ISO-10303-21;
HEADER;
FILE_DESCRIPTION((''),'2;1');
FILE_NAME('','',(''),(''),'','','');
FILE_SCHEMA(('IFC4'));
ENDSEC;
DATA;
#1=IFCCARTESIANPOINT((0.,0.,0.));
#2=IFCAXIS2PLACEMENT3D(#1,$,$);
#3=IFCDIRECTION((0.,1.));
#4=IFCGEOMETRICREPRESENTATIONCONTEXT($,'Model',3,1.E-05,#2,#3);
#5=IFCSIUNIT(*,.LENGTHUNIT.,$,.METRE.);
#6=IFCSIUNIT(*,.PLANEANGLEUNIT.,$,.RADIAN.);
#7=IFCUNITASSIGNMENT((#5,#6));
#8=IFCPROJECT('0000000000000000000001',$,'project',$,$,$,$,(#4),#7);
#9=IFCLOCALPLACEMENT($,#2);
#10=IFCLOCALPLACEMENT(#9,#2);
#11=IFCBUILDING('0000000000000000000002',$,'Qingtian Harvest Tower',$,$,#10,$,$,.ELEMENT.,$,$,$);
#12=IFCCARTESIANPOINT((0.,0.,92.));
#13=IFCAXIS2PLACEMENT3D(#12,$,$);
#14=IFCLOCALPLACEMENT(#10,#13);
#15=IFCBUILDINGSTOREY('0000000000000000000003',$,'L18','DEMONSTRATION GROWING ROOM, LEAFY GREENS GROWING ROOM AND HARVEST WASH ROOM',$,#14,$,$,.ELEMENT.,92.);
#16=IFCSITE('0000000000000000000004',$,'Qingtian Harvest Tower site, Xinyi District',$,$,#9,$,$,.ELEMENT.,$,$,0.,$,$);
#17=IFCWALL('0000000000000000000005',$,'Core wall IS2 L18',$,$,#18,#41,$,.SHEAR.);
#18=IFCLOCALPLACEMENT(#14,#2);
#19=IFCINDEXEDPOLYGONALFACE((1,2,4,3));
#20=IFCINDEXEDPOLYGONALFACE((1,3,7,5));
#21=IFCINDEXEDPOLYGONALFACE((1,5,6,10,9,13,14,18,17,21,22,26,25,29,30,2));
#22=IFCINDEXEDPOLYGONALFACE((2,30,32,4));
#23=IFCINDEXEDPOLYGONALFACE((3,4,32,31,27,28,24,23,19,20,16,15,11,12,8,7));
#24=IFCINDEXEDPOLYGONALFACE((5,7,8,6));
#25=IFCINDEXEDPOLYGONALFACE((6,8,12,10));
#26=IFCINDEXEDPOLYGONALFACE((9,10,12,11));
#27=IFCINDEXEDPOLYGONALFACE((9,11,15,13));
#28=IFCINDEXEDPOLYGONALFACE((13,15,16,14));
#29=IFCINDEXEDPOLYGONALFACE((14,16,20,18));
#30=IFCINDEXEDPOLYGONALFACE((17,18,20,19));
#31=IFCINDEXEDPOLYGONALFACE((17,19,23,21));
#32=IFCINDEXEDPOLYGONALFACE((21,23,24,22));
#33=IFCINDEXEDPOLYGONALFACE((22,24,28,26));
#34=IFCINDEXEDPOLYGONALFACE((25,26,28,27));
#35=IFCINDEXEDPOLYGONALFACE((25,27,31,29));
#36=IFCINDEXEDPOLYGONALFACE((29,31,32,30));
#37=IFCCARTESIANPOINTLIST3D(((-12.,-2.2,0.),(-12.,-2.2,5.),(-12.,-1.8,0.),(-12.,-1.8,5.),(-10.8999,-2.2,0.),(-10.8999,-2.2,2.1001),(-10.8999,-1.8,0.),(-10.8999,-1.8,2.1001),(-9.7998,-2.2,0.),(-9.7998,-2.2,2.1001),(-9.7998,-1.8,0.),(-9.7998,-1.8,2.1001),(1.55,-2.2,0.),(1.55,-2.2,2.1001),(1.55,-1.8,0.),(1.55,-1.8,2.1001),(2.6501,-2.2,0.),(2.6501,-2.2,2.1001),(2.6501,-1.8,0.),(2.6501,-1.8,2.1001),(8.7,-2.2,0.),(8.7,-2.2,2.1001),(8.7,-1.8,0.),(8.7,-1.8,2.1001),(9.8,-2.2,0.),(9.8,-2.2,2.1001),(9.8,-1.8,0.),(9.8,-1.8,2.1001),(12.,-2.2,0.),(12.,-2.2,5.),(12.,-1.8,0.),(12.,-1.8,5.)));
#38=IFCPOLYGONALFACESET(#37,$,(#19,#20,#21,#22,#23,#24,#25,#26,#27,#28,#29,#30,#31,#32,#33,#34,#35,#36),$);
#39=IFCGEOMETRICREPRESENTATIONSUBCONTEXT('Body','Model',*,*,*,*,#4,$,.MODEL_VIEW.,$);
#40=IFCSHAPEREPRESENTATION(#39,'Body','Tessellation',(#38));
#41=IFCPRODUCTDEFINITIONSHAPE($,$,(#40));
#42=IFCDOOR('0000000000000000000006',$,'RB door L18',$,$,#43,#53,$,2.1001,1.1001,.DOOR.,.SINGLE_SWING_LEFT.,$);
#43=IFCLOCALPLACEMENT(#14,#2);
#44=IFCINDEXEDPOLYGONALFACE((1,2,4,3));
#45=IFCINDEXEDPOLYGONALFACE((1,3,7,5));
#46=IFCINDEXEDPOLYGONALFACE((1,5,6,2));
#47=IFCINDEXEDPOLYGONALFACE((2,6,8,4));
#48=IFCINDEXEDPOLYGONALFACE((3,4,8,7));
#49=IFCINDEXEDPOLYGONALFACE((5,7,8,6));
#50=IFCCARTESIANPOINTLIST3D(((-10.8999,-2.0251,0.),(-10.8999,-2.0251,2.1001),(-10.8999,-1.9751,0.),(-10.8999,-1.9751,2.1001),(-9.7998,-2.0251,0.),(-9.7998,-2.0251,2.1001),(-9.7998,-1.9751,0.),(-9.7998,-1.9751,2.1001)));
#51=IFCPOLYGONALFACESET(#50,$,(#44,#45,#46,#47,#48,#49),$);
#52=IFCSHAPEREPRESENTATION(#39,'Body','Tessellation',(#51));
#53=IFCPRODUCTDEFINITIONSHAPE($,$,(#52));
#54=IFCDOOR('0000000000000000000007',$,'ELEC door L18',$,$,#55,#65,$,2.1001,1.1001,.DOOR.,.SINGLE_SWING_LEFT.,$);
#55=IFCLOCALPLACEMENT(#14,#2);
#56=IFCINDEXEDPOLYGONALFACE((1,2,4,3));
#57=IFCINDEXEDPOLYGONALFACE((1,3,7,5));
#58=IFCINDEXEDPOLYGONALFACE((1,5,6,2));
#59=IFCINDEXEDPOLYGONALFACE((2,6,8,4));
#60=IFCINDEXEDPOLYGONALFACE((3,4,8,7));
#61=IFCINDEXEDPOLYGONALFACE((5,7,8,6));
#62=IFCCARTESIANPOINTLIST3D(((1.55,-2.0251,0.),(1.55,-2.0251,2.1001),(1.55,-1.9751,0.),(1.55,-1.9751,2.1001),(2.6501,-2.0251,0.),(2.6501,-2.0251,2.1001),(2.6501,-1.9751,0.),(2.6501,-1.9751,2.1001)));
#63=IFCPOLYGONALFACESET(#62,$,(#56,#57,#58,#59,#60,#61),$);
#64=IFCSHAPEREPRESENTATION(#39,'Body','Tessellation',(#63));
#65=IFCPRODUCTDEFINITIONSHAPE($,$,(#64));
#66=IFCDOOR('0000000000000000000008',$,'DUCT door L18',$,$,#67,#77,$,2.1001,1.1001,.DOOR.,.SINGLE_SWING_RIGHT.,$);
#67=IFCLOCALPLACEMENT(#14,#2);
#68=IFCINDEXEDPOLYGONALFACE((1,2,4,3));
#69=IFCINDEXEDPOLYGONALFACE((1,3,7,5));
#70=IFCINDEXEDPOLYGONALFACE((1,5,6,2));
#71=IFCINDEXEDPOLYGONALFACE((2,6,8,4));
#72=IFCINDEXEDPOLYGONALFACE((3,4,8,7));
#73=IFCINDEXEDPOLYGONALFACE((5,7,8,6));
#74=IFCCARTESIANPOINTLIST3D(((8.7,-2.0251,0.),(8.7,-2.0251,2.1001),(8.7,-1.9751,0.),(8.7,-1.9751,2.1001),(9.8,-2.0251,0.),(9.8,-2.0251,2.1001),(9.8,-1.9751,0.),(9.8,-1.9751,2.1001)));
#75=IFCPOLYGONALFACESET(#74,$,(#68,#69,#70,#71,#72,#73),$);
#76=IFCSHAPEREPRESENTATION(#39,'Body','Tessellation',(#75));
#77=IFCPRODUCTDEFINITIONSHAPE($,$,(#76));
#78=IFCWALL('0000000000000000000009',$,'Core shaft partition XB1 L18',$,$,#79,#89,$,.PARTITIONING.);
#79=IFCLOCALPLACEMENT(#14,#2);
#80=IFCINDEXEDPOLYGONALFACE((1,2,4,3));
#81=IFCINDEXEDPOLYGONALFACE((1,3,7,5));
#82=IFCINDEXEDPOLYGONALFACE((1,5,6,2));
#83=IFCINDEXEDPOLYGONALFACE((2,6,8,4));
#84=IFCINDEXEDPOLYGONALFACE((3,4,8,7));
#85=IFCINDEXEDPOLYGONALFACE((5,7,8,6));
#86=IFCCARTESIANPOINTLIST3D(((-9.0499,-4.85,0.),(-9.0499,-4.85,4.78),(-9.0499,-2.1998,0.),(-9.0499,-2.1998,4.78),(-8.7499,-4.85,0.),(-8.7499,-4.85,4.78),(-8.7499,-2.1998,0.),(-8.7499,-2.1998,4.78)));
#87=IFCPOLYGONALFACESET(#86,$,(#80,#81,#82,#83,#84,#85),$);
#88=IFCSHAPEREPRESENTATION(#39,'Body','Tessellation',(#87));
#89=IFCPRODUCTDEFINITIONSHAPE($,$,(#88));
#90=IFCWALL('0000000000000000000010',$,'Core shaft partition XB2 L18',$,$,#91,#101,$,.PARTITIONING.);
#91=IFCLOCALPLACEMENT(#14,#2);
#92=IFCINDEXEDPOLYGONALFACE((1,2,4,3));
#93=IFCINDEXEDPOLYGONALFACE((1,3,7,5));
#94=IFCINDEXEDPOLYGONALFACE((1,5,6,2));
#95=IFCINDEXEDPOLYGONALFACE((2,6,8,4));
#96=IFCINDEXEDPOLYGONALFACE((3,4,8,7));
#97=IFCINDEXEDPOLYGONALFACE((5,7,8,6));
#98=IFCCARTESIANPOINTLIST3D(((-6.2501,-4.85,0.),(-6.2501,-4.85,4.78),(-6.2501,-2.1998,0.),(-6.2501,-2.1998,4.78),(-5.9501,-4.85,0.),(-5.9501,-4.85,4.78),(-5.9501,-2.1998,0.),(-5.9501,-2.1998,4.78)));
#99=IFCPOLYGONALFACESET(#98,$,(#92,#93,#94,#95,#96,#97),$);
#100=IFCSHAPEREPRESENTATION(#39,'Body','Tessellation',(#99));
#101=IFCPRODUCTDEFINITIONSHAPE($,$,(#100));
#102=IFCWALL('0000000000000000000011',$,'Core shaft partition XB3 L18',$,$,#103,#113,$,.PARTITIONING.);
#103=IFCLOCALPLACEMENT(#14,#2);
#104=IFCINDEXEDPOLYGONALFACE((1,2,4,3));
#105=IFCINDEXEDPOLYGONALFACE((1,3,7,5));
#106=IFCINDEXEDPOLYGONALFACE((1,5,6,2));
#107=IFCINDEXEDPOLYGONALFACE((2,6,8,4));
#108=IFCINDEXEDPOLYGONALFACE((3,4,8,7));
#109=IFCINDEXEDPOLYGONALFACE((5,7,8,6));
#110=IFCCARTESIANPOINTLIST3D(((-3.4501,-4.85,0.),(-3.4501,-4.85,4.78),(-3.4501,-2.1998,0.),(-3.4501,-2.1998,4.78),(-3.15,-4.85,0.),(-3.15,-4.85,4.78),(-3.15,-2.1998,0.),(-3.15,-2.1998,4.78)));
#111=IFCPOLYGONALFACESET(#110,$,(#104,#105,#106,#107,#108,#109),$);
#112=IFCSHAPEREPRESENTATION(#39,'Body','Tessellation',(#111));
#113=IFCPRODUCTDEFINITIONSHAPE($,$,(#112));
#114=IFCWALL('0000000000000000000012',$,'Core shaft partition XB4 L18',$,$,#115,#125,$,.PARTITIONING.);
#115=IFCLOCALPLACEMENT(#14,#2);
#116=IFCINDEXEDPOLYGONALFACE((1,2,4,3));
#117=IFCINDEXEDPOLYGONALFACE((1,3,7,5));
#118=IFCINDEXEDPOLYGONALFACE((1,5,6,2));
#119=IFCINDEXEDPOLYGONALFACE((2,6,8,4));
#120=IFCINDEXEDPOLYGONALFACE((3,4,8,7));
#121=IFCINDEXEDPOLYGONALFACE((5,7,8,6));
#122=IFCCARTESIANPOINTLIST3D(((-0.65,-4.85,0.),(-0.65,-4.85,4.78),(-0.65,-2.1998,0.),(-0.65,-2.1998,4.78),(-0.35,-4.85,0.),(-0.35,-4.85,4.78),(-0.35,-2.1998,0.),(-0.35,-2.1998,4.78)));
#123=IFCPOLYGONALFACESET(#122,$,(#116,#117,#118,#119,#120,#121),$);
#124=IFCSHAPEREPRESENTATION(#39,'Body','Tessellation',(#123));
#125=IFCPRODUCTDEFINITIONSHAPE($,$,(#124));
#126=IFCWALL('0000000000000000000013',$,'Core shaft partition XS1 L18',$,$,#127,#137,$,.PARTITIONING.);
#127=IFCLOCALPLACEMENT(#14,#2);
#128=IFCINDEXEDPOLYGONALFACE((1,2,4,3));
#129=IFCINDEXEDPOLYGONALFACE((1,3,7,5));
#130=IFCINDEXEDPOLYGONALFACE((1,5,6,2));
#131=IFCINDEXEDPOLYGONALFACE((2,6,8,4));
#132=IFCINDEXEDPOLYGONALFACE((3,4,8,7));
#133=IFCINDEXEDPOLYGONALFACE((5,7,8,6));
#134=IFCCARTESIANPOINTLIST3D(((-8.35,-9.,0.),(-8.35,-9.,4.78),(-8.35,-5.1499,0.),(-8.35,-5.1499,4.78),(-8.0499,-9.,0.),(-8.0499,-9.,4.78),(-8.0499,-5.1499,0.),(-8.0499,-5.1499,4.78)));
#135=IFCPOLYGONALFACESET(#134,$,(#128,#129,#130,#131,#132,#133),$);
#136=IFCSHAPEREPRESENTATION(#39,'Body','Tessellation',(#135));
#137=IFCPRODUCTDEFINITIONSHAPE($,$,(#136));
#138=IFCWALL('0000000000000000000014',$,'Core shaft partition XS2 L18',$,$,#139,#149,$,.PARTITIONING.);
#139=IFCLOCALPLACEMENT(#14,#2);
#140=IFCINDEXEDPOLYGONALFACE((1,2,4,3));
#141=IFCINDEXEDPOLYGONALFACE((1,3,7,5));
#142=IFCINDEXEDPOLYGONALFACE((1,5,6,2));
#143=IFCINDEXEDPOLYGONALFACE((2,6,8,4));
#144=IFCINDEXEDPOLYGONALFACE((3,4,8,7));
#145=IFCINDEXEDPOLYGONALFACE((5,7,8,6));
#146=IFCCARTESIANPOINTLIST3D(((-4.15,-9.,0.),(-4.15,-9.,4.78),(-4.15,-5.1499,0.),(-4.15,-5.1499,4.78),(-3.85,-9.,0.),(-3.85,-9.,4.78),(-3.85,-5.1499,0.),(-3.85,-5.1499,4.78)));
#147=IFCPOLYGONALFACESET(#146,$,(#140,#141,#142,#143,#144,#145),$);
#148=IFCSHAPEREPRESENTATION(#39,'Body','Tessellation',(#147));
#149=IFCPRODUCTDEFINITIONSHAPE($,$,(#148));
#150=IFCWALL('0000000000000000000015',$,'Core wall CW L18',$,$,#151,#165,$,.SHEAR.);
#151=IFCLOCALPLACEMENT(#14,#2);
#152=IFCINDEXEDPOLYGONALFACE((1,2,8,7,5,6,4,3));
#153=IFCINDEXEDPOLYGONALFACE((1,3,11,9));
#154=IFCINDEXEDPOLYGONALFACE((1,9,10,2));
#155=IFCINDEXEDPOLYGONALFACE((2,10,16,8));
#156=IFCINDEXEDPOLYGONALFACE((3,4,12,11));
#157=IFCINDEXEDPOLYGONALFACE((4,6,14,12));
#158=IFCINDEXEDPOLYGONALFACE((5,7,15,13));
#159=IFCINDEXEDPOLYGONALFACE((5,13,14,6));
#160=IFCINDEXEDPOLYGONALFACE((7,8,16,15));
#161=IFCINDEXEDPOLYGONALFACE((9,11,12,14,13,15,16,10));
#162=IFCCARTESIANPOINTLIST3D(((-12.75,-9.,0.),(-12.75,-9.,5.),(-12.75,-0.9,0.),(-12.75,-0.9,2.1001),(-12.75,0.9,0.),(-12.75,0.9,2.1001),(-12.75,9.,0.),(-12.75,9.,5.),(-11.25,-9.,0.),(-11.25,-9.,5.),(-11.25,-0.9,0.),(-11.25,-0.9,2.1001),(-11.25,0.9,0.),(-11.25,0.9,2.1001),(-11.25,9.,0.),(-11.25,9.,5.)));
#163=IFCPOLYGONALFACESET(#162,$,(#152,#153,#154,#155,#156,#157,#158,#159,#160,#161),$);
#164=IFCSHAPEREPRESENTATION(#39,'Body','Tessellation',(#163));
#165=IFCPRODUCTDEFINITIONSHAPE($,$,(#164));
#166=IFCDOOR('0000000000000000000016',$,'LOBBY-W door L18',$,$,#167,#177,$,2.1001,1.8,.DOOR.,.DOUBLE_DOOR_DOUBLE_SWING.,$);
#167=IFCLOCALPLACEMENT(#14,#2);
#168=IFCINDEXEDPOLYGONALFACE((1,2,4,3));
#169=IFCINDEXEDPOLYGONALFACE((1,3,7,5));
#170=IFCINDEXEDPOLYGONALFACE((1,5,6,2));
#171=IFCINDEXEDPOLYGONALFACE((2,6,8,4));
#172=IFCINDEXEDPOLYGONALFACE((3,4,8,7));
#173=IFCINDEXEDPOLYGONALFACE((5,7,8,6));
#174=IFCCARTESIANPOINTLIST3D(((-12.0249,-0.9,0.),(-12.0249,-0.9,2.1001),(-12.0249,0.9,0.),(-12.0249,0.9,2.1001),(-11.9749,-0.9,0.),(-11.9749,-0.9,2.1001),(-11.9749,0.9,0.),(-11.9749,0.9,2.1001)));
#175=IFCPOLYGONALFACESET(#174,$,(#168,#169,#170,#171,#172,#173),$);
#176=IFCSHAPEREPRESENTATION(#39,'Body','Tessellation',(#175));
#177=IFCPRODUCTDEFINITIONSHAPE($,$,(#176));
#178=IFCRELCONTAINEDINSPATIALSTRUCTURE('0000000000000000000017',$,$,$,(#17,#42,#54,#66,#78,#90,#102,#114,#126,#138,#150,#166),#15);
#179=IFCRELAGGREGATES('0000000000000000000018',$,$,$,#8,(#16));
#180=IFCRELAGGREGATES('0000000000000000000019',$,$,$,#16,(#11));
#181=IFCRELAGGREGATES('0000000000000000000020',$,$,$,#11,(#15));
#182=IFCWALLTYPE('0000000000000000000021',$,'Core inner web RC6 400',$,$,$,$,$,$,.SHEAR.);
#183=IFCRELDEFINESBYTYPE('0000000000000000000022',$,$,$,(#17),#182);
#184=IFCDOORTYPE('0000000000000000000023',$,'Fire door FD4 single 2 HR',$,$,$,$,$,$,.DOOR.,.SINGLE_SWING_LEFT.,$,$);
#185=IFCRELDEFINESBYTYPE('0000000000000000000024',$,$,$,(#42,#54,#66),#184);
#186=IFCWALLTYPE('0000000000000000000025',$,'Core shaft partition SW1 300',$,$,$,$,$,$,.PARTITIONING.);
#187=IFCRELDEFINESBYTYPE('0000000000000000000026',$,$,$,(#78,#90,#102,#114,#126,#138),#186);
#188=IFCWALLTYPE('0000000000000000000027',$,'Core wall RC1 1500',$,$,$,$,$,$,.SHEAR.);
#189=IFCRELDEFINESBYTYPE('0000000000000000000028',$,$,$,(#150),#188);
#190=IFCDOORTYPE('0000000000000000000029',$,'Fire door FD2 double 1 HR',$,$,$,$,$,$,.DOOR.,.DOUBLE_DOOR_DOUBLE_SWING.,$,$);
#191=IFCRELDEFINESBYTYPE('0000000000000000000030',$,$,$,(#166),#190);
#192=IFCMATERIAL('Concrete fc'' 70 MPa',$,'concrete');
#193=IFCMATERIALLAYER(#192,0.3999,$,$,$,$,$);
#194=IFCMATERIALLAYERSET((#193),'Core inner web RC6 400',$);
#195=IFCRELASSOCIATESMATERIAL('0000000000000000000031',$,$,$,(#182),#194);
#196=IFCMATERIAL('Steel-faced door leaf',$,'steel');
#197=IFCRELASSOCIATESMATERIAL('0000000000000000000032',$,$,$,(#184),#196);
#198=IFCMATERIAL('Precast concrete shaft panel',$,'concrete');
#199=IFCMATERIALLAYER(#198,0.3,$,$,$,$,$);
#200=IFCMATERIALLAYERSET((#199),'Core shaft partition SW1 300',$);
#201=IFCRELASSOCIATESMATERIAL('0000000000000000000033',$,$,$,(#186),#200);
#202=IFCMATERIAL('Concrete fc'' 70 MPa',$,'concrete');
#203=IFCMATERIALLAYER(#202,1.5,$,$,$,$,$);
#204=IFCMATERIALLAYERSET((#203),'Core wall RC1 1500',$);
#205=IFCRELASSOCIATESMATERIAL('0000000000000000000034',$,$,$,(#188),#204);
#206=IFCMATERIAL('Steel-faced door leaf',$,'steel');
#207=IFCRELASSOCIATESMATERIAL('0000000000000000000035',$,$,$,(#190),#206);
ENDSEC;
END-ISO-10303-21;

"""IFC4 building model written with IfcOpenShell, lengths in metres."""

from ifc_helpers import new_model, si_unit, direction, frame, frame_2d, origin, place, context, subcontext, project, spatial, rectangle, extrude, material, layer, layer_set, type_object, element, fill, save


model = new_model("IFC4")

# Units and contexts
model_context = context("Model", 3, precision=1e-05, world=origin(), true_north=direction((0.0, 1.0)))
body_context = subcontext(model_context, "Body", "Model", "MODEL_VIEW")
ifc_project = project(units=[si_unit("LENGTHUNIT", "METRE"), si_unit("PLANEANGLEUNIT", "RADIAN")], contexts=[model_context])

# Site, building, storey
site_placement = place(None, origin())
site = spatial("IfcSite", under=ifc_project, at=site_placement, Name="Qingtian Harvest Tower site, Xinyi District", CompositionType="ELEMENT", RefElevation=0.0)
building_placement = place(site_placement, origin())
building = spatial("IfcBuilding", under=site, at=building_placement, Name="Qingtian Harvest Tower", CompositionType="ELEMENT")
storey_placement = place(building_placement, frame((0.0, 0.0, 92.0)))
storey = spatial("IfcBuildingStorey", under=building, at=storey_placement, Name="L18", Description="DEMONSTRATION GROWING ROOM, LEAFY GREENS GROWING ROOM AND HARVEST WASH ROOM", CompositionType="ELEMENT", Elevation=92.0)

# Wall, openings, doors
ifc_material_1 = material(Name="Concrete fc' 70 MPa", Category="concrete")
ifc_layer_1 = layer(ifc_material_1, 0.3999)
ifc_layer_set_1 = layer_set([ifc_layer_1], Name="Core inner web RC6 400")
wall_type_1 = type_object("IfcWallType", Name="Core inner web RC6 400", PredefinedType="SHEAR", material=ifc_layer_set_1)
wall_1_placement = place(storey_placement, frame((-12.0, -2.0, 0.0), z_axis=(0.0, 0.0, 1.0), x_axis=(1.0, 0.0, 0.0)))
wall_1 = element("IfcWall", 1, at=wall_1_placement, inside=storey, type_object=wall_type_1, Name="Core wall IS2 L18", PredefinedType="SHEAR", context=body_context, shape_type="SweptSolid", body=[
    extrude(rectangle(XDim=24.0, YDim=0.3999, at=frame_2d((12.0, 0.0))), origin(), (0.0, 0.0, 1.0), 5.0),
])
opening_1_placement = place(wall_1_placement, frame((1.1001, 0.0, 0.0)))
opening_1 = element("IfcOpeningElement", 2, at=opening_1_placement, cuts=wall_1, PredefinedType="OPENING", context=body_context, shape_type="SweptSolid", body=[
    extrude(rectangle(XDim=1.1001, YDim=2.1001, at=frame_2d((0.55, 1.05))), frame((0.0, 0.21, 0.0), z_axis=(0.0, -1.0, 0.0), x_axis=(1.0, 0.0, 0.0)), (0.0, 0.0, 1.0), 0.4199),
])
opening_2_placement = place(wall_1_placement, frame((13.55, 0.0, 0.0)))
opening_2 = element("IfcOpeningElement", 3, at=opening_2_placement, cuts=wall_1, PredefinedType="OPENING", context=body_context, shape_type="SweptSolid", body=[
    extrude(rectangle(XDim=1.1001, YDim=2.1001, at=frame_2d((0.55, 1.05))), frame((0.0, 0.21, 0.0), z_axis=(0.0, -1.0, 0.0), x_axis=(1.0, 0.0, 0.0)), (0.0, 0.0, 1.0), 0.4199),
])
opening_3_placement = place(wall_1_placement, frame((20.7, 0.0, 0.0)))
opening_3 = element("IfcOpeningElement", 4, at=opening_3_placement, cuts=wall_1, PredefinedType="OPENING", context=body_context, shape_type="SweptSolid", body=[
    extrude(rectangle(XDim=1.1001, YDim=2.1001, at=frame_2d((0.55, 1.05))), frame((0.0, 0.21, 0.0), z_axis=(0.0, -1.0, 0.0), x_axis=(1.0, 0.0, 0.0)), (0.0, 0.0, 1.0), 0.4199),
])
ifc_material_2 = material(Name="Steel-faced door leaf", Category="steel")
door_type_1 = type_object("IfcDoorType", Name="Fire door FD4 single 2 HR", OperationType="SINGLE_SWING_LEFT", PredefinedType="DOOR", material=ifc_material_2)
door_1_placement = place(opening_1_placement, origin())
door_1 = element("IfcDoor", 5, at=door_1_placement, inside=storey, type_object=door_type_1, Name="RB door L18", OperationType="SINGLE_SWING_LEFT", OverallHeight=2.1001, OverallWidth=1.1001, PredefinedType="DOOR", context=body_context, shape_type="SweptSolid", body=[
    extrude(rectangle(XDim=1.1001, YDim=2.1001, at=frame_2d((0.55, 1.05))), frame((0.0, 0.0249, 0.0), z_axis=(0.0, -1.0, 0.0), x_axis=(1.0, 0.0, 0.0)), (0.0, 0.0, 1.0), 0.05),
])
fill(opening_1, door_1)
door_2_placement = place(opening_2_placement, origin())
door_2 = element("IfcDoor", 6, at=door_2_placement, inside=storey, type_object=door_type_1, Name="ELEC door L18", OperationType="SINGLE_SWING_LEFT", OverallHeight=2.1001, OverallWidth=1.1001, PredefinedType="DOOR", context=body_context, shape_type="SweptSolid", body=[
    extrude(rectangle(XDim=1.1001, YDim=2.1001, at=frame_2d((0.55, 1.05))), frame((0.0, 0.0249, 0.0), z_axis=(0.0, -1.0, 0.0), x_axis=(1.0, 0.0, 0.0)), (0.0, 0.0, 1.0), 0.05),
])
fill(opening_2, door_2)
door_3_placement = place(opening_3_placement, origin())
door_3 = element("IfcDoor", 7, at=door_3_placement, inside=storey, type_object=door_type_1, Name="DUCT door L18", OperationType="SINGLE_SWING_RIGHT", OverallHeight=2.1001, OverallWidth=1.1001, PredefinedType="DOOR", context=body_context, shape_type="SweptSolid", body=[
    extrude(rectangle(XDim=1.1001, YDim=2.1001, at=frame_2d((0.55, 1.05))), frame((0.0, 0.0249, 0.0), z_axis=(0.0, -1.0, 0.0), x_axis=(1.0, 0.0, 0.0)), (0.0, 0.0, 1.0), 0.05),
])
fill(opening_3, door_3)

# Walls
ifc_material_3 = material(Name="Precast concrete shaft panel", Category="concrete")
ifc_layer_2 = layer(ifc_material_3, 0.3)
ifc_layer_set_2 = layer_set([ifc_layer_2], Name="Core shaft partition SW1 300")
wall_type_2 = type_object("IfcWallType", Name="Core shaft partition SW1 300", PredefinedType="PARTITIONING", material=ifc_layer_set_2)
for number, where, z_axis, x_axis, name in (
    (8, (-8.8999, -4.8501, 0.0), (0.0, 0.0, 1.0), (0.0, 1.0, 0.0), "Core shaft partition XB1 L18"),
    (9, (-6.1001, -4.8501, 0.0), (0.0, 0.0, 1.0), (0.0, 1.0, 0.0), "Core shaft partition XB2 L18"),
    (10, (-3.3, -4.8501, 0.0), (0.0, 0.0, 1.0), (0.0, 1.0, 0.0), "Core shaft partition XB3 L18"),
    (11, (-0.5, -4.8501, 0.0), (0.0, 0.0, 1.0), (0.0, 1.0, 0.0), "Core shaft partition XB4 L18"),
):
    element("IfcWall", number, at=place(storey_placement, frame(where, z_axis=z_axis, x_axis=x_axis)), inside=storey, type_object=wall_type_2, Name=name, PredefinedType="PARTITIONING", context=body_context, shape_type="SweptSolid", body=[
        extrude(rectangle(XDim=2.6501, YDim=0.3, at=frame_2d((1.3252, 0.0))), origin(), (0.0, 0.0, 1.0), 4.78),
    ])
for number, where, z_axis, x_axis, name in (
    (12, (-8.2, -9.0, 0.0), (0.0, 0.0, 1.0), (0.0, 1.0, 0.0), "Core shaft partition XS1 L18"),
    (13, (-4.0, -9.0, 0.0), (0.0, 0.0, 1.0), (0.0, 1.0, 0.0), "Core shaft partition XS2 L18"),
):
    element("IfcWall", number, at=place(storey_placement, frame(where, z_axis=z_axis, x_axis=x_axis)), inside=storey, type_object=wall_type_2, Name=name, PredefinedType="PARTITIONING", context=body_context, shape_type="SweptSolid", body=[
        extrude(rectangle(XDim=3.8501, YDim=0.3, at=frame_2d((1.925, 0.0))), origin(), (0.0, 0.0, 1.0), 4.78),
    ])

# Wall, opening, door
ifc_material_4 = material(Name="Concrete fc' 70 MPa", Category="concrete")
ifc_layer_3 = layer(ifc_material_4, 1.5)
ifc_layer_set_3 = layer_set([ifc_layer_3], Name="Core wall RC1 1500")
wall_type_3 = type_object("IfcWallType", Name="Core wall RC1 1500", PredefinedType="SHEAR", material=ifc_layer_set_3)
wall_2_placement = place(storey_placement, frame((-12.0, -9.0, 0.0), z_axis=(0.0, 0.0, 1.0), x_axis=(0.0, 1.0, 0.0)))
wall_2 = element("IfcWall", 14, at=wall_2_placement, inside=storey, type_object=wall_type_3, Name="Core wall CW L18", PredefinedType="SHEAR", context=body_context, shape_type="SweptSolid", body=[
    extrude(rectangle(XDim=18.0, YDim=1.5, at=frame_2d((9.0, 0.0))), origin(), (0.0, 0.0, 1.0), 5.0),
])
opening_4_placement = place(wall_2_placement, frame((8.1001, 0.0, 0.0)))
opening_4 = element("IfcOpeningElement", 15, at=opening_4_placement, cuts=wall_2, PredefinedType="OPENING", context=body_context, shape_type="SweptSolid", body=[
    extrude(rectangle(XDim=1.8, YDim=2.1001, at=frame_2d((0.8999, 1.05))), frame((0.0, 0.76, 0.0), z_axis=(0.0, -1.0, 0.0), x_axis=(1.0, 0.0, 0.0)), (0.0, 0.0, 1.0), 1.52),
])
ifc_material_5 = material(Name="Steel-faced door leaf", Category="steel")
door_type_2 = type_object("IfcDoorType", Name="Fire door FD2 double 1 HR", OperationType="DOUBLE_DOOR_DOUBLE_SWING", PredefinedType="DOOR", material=ifc_material_5)
door_4_placement = place(opening_4_placement, origin())
door_4 = element("IfcDoor", 16, at=door_4_placement, inside=storey, type_object=door_type_2, Name="LOBBY-W door L18", OperationType="DOUBLE_DOOR_DOUBLE_SWING", OverallHeight=2.1001, OverallWidth=1.8, PredefinedType="DOOR", context=body_context, shape_type="SweptSolid", body=[
    extrude(rectangle(XDim=1.8, YDim=2.1001, at=frame_2d((0.8999, 1.05))), frame((0.0, 0.0249, 0.0), z_axis=(0.0, -1.0, 0.0), x_axis=(1.0, 0.0, 0.0)), (0.0, 0.0, 1.0), 0.05),
])
fill(opening_4, door_4)

save(model, "model.ifc")
